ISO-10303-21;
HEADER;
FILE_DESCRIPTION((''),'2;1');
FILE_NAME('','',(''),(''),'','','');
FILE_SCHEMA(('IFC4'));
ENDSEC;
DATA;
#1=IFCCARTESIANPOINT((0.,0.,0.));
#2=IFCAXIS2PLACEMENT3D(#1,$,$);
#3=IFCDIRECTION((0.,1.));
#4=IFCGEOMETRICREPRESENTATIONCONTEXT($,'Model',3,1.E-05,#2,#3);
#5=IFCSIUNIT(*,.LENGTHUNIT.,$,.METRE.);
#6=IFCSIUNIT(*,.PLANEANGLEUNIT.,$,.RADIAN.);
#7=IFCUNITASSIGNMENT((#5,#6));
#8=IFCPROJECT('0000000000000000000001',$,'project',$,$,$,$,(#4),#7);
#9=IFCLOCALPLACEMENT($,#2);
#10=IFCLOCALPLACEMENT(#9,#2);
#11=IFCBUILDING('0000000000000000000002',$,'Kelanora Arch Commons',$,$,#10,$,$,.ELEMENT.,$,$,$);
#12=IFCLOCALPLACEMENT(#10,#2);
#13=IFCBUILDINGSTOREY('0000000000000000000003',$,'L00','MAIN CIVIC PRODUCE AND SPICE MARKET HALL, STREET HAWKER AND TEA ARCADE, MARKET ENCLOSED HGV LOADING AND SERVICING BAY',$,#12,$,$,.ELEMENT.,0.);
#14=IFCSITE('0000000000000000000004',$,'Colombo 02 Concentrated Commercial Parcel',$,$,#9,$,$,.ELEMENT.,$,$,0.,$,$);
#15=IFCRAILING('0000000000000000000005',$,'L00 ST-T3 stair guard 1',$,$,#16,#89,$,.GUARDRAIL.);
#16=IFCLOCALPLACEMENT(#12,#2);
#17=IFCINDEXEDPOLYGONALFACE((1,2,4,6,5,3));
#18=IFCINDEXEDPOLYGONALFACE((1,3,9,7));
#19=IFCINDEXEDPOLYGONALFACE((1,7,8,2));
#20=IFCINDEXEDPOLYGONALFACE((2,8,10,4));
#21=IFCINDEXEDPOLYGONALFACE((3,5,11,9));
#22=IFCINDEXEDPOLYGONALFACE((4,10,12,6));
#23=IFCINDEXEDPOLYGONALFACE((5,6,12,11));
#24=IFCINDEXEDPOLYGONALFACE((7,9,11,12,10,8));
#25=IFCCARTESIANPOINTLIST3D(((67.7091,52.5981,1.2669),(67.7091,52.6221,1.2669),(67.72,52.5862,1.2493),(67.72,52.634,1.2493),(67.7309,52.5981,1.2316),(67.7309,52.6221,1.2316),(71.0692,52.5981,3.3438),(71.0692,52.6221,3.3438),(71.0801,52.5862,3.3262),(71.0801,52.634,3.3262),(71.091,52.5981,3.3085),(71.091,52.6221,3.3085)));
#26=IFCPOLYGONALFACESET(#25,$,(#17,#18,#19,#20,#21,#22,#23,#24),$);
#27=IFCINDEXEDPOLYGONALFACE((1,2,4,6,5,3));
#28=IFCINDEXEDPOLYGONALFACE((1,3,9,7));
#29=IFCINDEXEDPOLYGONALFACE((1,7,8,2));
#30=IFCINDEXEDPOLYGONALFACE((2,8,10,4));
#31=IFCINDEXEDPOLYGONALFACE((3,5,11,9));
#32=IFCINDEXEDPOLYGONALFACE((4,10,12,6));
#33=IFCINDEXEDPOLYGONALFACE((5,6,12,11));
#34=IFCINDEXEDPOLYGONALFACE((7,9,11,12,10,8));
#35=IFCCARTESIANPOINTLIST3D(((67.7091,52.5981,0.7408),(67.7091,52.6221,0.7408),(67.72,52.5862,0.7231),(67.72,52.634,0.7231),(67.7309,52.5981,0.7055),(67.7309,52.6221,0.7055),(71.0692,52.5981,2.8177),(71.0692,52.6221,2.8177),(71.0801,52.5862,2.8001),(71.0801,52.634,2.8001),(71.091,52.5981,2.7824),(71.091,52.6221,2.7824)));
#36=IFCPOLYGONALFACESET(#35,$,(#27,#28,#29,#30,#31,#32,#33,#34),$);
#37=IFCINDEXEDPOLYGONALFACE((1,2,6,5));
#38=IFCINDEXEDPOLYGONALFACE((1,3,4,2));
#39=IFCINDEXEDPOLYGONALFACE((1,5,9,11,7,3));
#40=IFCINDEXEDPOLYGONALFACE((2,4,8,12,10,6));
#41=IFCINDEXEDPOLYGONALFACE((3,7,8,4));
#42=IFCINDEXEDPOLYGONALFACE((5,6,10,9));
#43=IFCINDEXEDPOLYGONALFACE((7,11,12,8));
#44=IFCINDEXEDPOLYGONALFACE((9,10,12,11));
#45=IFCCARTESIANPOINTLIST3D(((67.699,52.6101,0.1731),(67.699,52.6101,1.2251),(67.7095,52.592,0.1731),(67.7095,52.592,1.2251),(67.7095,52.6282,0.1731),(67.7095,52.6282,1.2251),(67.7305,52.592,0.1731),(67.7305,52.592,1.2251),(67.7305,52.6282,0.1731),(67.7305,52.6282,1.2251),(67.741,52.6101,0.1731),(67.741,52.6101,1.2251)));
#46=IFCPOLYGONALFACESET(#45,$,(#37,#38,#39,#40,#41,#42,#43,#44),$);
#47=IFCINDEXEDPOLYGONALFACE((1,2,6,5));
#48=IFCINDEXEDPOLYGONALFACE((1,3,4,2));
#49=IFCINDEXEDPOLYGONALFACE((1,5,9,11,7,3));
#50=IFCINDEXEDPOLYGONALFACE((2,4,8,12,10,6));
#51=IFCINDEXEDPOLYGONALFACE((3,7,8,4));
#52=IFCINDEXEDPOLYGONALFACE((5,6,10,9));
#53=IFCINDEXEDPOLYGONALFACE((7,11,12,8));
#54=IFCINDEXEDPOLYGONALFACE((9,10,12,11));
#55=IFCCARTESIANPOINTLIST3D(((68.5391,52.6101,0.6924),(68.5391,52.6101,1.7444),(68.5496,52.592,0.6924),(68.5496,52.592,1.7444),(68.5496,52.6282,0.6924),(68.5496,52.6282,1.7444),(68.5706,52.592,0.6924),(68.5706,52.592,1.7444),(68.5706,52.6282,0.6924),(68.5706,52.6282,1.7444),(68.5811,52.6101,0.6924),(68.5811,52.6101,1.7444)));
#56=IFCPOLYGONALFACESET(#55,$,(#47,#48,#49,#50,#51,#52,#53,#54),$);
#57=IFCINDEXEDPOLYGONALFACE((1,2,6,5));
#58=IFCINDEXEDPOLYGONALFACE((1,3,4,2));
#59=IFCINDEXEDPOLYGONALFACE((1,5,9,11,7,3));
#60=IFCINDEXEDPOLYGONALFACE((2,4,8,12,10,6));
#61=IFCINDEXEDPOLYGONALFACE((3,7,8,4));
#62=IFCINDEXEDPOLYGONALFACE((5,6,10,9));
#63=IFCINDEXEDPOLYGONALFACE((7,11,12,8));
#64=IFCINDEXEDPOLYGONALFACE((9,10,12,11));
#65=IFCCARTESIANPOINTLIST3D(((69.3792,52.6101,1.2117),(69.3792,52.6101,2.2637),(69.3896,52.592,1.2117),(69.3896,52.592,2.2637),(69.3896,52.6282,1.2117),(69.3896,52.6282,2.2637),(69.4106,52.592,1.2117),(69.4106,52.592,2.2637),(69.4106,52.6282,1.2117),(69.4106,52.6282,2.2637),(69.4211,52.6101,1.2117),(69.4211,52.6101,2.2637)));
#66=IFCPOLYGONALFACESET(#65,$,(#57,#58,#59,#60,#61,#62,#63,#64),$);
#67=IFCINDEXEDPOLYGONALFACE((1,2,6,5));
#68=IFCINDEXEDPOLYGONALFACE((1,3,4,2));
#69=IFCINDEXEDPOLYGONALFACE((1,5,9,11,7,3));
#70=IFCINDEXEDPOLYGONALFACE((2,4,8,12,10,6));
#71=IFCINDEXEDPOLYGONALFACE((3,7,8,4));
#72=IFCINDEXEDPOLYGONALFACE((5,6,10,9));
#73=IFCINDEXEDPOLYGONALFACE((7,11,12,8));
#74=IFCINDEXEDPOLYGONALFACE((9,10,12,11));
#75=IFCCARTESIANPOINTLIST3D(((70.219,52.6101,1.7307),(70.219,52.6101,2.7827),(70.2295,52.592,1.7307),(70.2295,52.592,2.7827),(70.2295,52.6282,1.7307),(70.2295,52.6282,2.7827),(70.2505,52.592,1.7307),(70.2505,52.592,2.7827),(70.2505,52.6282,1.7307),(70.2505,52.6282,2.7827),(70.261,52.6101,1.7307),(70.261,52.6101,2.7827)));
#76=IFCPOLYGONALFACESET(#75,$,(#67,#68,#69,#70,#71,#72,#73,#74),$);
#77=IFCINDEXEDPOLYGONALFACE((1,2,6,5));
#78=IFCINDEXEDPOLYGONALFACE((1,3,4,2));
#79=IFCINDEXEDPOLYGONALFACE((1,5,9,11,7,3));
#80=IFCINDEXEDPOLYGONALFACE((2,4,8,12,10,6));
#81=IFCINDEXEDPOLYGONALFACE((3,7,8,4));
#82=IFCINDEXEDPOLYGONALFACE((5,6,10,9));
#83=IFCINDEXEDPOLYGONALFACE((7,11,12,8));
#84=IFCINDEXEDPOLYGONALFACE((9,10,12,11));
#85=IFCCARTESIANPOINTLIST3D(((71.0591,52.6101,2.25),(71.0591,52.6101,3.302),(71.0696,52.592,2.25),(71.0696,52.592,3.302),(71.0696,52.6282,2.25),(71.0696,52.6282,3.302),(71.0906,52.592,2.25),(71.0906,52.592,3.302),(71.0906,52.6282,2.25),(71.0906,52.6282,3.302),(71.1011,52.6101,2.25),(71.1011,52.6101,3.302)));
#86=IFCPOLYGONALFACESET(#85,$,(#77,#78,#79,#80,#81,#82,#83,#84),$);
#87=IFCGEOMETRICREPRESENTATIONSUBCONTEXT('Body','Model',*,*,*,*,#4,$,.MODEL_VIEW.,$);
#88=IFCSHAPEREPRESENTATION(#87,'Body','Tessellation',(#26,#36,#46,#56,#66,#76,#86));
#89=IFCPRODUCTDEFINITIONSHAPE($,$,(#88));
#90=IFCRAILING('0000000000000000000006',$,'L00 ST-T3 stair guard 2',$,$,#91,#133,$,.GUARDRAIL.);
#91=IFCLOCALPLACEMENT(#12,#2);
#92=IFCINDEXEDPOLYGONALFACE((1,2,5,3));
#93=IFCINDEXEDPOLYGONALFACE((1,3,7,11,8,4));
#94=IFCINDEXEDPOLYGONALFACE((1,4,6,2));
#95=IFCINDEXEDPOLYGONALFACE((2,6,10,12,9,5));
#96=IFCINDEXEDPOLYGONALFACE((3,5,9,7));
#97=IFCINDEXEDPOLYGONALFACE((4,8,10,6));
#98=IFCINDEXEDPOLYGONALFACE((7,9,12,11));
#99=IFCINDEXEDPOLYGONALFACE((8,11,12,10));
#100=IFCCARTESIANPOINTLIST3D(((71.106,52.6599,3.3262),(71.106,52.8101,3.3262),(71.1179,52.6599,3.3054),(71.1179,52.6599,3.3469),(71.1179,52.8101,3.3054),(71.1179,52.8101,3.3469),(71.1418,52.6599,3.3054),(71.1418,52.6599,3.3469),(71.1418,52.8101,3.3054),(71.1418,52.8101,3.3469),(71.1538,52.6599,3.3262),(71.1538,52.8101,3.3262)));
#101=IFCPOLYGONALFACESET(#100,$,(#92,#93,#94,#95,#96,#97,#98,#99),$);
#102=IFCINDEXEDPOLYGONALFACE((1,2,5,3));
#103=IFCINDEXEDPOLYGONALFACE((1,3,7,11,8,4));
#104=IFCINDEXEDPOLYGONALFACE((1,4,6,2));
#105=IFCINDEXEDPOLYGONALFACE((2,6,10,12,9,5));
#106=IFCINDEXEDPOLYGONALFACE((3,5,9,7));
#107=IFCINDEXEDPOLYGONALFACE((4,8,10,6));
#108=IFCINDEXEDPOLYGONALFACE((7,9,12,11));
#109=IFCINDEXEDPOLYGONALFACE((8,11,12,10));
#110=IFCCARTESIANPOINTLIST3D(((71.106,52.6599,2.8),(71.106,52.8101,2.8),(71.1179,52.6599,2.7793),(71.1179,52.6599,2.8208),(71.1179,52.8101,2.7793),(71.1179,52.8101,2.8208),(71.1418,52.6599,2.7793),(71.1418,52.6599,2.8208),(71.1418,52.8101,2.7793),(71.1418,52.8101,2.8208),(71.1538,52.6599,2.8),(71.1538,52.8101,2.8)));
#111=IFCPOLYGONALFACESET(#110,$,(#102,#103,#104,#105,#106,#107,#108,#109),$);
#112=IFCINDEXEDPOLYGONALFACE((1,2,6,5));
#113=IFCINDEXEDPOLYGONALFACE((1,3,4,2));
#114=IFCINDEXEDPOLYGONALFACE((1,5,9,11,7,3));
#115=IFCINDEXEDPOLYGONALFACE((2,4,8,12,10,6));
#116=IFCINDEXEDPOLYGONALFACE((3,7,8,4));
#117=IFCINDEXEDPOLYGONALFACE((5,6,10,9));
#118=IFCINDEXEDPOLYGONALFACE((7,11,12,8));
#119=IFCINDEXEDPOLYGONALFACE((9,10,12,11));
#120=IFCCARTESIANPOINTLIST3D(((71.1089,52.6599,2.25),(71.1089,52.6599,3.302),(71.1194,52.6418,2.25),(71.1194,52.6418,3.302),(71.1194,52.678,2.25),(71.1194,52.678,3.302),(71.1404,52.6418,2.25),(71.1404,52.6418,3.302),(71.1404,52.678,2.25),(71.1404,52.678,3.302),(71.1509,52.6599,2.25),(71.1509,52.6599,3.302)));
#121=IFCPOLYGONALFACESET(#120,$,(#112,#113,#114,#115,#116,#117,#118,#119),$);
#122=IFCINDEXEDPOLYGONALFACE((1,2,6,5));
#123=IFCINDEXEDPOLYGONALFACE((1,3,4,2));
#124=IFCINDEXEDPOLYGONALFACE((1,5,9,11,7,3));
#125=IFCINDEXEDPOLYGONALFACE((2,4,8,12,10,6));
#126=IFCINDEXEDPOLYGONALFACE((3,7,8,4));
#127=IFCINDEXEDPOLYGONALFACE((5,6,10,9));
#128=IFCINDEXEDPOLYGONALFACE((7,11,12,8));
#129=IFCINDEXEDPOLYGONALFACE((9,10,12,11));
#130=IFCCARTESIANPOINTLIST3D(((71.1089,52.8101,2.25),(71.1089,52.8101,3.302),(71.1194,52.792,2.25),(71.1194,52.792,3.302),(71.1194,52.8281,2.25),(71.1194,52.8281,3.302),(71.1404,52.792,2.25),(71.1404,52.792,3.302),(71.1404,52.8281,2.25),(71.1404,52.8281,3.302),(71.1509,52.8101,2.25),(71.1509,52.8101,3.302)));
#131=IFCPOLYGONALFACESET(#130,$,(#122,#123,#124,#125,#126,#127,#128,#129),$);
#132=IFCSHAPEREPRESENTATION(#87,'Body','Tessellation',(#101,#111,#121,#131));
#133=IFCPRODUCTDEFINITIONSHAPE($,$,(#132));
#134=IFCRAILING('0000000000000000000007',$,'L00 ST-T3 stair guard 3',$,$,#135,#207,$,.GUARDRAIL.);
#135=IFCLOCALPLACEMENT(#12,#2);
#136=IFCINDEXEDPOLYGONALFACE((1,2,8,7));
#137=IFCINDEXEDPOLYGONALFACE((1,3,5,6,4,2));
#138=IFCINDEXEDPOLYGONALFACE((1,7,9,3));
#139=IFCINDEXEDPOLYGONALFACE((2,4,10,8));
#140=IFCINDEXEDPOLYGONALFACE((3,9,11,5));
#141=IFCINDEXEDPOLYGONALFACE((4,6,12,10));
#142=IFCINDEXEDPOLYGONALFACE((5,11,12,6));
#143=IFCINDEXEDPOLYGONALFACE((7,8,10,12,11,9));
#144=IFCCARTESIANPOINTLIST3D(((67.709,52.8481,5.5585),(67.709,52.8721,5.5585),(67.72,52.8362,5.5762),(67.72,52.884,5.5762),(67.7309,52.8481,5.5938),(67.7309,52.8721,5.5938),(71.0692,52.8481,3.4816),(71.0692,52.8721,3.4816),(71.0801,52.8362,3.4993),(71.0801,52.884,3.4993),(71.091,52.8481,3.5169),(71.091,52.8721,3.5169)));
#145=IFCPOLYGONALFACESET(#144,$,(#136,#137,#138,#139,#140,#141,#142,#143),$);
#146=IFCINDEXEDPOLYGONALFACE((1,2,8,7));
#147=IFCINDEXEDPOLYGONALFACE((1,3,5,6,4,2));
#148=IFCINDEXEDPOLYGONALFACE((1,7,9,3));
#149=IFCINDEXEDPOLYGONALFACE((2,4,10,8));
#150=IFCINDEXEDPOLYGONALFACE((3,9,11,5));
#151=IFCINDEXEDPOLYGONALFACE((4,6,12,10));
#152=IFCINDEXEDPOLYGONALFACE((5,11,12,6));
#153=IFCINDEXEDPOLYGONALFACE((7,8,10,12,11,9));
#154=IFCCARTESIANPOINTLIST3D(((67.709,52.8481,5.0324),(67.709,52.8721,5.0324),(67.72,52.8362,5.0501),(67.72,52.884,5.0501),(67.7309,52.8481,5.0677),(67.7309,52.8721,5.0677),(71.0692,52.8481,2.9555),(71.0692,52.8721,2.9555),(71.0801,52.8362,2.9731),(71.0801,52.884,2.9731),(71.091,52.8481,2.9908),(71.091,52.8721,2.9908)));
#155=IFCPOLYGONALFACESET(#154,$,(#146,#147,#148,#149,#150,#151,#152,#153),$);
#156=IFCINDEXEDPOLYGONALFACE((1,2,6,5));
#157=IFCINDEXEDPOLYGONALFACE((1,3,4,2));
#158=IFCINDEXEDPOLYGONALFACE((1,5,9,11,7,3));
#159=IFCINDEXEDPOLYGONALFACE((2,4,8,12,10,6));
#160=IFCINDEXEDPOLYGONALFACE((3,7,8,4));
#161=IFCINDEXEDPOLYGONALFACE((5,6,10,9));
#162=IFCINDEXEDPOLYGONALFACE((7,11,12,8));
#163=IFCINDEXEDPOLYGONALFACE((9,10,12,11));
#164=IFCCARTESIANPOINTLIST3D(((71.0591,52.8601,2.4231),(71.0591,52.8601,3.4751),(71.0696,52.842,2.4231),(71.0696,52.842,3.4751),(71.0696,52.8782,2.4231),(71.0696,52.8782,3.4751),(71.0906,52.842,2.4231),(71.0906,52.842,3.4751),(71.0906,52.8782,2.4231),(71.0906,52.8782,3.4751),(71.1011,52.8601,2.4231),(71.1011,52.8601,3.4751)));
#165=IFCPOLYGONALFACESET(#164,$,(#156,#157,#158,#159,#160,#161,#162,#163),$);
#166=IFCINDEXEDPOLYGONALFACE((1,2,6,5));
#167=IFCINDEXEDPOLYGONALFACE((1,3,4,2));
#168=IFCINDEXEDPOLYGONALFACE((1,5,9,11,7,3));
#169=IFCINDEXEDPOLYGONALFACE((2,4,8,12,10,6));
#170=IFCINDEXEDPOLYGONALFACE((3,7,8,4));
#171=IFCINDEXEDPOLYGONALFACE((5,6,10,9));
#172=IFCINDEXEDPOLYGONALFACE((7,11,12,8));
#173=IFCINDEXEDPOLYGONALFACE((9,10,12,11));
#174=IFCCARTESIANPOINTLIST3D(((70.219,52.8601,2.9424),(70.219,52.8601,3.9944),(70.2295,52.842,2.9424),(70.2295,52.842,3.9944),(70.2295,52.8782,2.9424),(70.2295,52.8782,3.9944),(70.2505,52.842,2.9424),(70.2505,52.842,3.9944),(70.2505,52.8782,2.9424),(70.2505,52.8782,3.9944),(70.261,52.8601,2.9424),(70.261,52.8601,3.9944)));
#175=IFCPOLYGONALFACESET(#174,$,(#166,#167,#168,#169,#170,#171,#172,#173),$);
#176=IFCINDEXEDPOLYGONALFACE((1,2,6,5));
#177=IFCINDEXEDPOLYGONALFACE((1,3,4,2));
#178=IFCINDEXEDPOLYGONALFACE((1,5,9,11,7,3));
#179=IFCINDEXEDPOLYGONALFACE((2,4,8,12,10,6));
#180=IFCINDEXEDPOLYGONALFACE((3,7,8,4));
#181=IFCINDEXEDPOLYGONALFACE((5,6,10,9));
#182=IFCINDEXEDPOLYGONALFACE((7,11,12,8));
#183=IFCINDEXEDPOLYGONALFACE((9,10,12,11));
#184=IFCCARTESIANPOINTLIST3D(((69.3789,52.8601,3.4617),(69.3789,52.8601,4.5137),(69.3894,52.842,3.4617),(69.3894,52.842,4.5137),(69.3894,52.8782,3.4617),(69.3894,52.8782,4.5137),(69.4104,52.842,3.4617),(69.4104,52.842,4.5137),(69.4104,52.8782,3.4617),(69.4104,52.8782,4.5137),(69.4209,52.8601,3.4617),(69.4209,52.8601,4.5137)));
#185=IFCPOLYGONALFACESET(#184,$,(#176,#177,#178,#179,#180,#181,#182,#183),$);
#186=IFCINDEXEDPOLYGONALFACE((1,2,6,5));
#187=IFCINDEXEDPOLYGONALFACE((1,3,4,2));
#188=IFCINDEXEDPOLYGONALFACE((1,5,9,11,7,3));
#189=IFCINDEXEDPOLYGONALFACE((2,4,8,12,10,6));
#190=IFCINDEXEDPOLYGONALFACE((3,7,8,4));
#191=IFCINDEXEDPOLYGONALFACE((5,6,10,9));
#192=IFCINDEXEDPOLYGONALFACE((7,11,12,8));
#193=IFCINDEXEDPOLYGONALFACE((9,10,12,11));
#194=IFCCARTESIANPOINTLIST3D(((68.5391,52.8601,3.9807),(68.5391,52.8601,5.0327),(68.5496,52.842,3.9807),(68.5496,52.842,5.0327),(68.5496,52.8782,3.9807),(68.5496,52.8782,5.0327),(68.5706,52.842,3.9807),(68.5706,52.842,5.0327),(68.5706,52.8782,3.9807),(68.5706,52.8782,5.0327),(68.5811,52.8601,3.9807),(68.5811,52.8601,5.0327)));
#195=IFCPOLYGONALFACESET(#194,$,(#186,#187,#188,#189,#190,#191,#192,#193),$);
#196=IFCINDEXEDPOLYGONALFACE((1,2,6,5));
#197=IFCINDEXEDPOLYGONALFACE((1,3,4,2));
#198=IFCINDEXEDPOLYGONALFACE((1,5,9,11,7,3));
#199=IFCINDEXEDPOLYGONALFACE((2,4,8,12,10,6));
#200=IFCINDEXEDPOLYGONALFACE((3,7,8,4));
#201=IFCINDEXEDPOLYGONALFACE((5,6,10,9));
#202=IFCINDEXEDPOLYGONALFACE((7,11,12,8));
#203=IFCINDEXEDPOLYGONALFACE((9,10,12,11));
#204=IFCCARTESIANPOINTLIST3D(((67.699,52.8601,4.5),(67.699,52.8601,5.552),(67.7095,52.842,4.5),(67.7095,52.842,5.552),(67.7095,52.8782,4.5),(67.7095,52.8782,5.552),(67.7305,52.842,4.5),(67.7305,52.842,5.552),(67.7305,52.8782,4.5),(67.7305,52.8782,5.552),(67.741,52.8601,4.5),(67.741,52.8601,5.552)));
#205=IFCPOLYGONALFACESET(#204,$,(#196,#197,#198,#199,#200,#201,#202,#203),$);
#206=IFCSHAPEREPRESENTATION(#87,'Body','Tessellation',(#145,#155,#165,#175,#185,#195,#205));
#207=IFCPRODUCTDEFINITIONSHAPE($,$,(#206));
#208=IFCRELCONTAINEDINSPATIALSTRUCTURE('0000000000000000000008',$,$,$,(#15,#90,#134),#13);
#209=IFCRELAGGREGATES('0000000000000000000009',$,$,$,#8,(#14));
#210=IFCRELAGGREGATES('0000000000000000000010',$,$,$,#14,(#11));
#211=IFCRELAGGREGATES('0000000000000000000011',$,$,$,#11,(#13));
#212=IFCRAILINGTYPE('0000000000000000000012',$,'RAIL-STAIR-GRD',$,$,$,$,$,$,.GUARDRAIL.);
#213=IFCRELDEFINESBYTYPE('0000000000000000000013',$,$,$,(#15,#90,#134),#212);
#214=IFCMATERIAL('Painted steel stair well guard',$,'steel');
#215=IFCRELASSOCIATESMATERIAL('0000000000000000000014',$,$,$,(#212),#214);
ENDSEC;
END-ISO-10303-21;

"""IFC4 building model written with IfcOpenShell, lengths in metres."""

from ifc_helpers import new_model, si_unit, direction, frame, origin, place, context, subcontext, project, spatial, polyline, outline, extrude, material, type_object, element, save


model = new_model("IFC4")

# Units and contexts
model_context = context("Model", 3, precision=1e-05, world=origin(), true_north=direction((0.0, 1.0)))
body_context = subcontext(model_context, "Body", "Model", "MODEL_VIEW")
ifc_project = project(units=[si_unit("LENGTHUNIT", "METRE"), si_unit("PLANEANGLEUNIT", "RADIAN")], contexts=[model_context])

# Site, building, storey
site_placement = place(None, origin())
site = spatial("IfcSite", under=ifc_project, at=site_placement, Name="Colombo 02 Concentrated Commercial Parcel", CompositionType="ELEMENT", RefElevation=0.0)
building_placement = place(site_placement, origin())
building = spatial("IfcBuilding", under=site, at=building_placement, Name="Kelanora Arch Commons", CompositionType="ELEMENT")
storey_placement = place(building_placement, origin())
storey = spatial("IfcBuildingStorey", under=building, at=storey_placement, Name="L00", Description="MAIN CIVIC PRODUCE AND SPICE MARKET HALL, STREET HAWKER AND TEA ARCADE, MARKET ENCLOSED HGV LOADING AND SERVICING BAY", CompositionType="ELEMENT", Elevation=0.0)

# Railings
ifc_material_1 = material(Name="Painted steel stair well guard", Category="steel")
railing_type_1 = type_object("IfcRailingType", Name="RAIL-STAIR-GRD", PredefinedType="GUARDRAIL", material=ifc_material_1)
railing_1_placement = place(storey_placement, frame((67.72, 52.6101, 0.1731)))
element("IfcRailing", 1, at=railing_1_placement, inside=storey, type_object=railing_type_1, Name="L00 ST-T3 stair guard 1", PredefinedType="GUARDRAIL", context=body_context, shape_type="SweptSolid", body=[
    extrude(outline(polyline([(0.0239, 0.0), (0.012, 0.0208), (-0.012, 0.0208), (-0.0239, 0.0), (-0.012, -0.0208), (0.012, -0.0208), (0.0239, 0.0)])), frame((0.0, 0.0, 1.0762), z_axis=(0.850623, 0.0, 0.525776), x_axis=(0.0, 1.0, 0.0)), (0.0, 0.0, 1.0), 3.9502),
    extrude(outline(polyline([(0.0239, 0.0), (0.012, 0.0208), (-0.012, 0.0208), (-0.0239, 0.0), (-0.012, -0.0208), (0.012, -0.0208), (0.0239, 0.0)])), frame((0.0, 0.0, 0.55), z_axis=(0.850623, 0.0, 0.525776), x_axis=(0.0, 1.0, 0.0)), (0.0, 0.0, 1.0), 3.9502),
    extrude(outline(polyline([(0.021, 0.0), (0.0105, 0.0181), (-0.0105, 0.0181), (-0.021, 0.0), (-0.0105, -0.0181), (0.0105, -0.0181), (0.021, 0.0)])), origin(), (0.0, 0.0, 1.0), 1.052),
    extrude(outline(polyline([(0.021, 0.0), (0.0105, 0.0181), (-0.0105, 0.0181), (-0.021, 0.0), (-0.0105, -0.0181), (0.0105, -0.0181), (0.021, 0.0)])), frame((0.8401, 0.0, 0.5193)), (0.0, 0.0, 1.0), 1.052),
    extrude(outline(polyline([(0.021, 0.0), (0.0105, 0.0181), (-0.0105, 0.0181), (-0.021, 0.0), (-0.0105, -0.0181), (0.0105, -0.0181), (0.021, 0.0)])), frame((1.6802, 0.0, 1.0386)), (0.0, 0.0, 1.0), 1.052),
    extrude(outline(polyline([(0.021, 0.0), (0.0105, 0.0181), (-0.0105, 0.0181), (-0.021, 0.0), (-0.0105, -0.0181), (0.0105, -0.0181), (0.021, 0.0)])), frame((2.52, 0.0, 1.5576)), (0.0, 0.0, 1.0), 1.052),
    extrude(outline(polyline([(0.021, 0.0), (0.0105, 0.0181), (-0.0105, 0.0181), (-0.021, 0.0), (-0.0105, -0.0181), (0.0105, -0.0181), (0.021, 0.0)])), frame((3.3601, 0.0, 2.0769)), (0.0, 0.0, 1.0), 1.052),
])
railing_2_placement = place(storey_placement, frame((71.1299, 52.6599, 2.25)))
element("IfcRailing", 2, at=railing_2_placement, inside=storey, type_object=railing_type_1, Name="L00 ST-T3 stair guard 2", PredefinedType="GUARDRAIL", context=body_context, shape_type="SweptSolid", body=[
    extrude(outline(polyline([(0.0239, 0.0), (0.012, 0.0208), (-0.012, 0.0208), (-0.0239, 0.0), (-0.012, -0.0208), (0.012, -0.0208), (0.0239, 0.0)])), frame((0.0, 0.0, 1.0762), z_axis=(0.0, 1.0, 0.0), x_axis=(-1.0, 0.0, 0.0)), (0.0, 0.0, 1.0), 0.1501),
    extrude(outline(polyline([(0.0239, 0.0), (0.012, 0.0208), (-0.012, 0.0208), (-0.0239, 0.0), (-0.012, -0.0208), (0.012, -0.0208), (0.0239, 0.0)])), frame((0.0, 0.0, 0.55), z_axis=(0.0, 1.0, 0.0), x_axis=(-1.0, 0.0, 0.0)), (0.0, 0.0, 1.0), 0.1501),
    extrude(outline(polyline([(0.021, 0.0), (0.0105, 0.0181), (-0.0105, 0.0181), (-0.021, 0.0), (-0.0105, -0.0181), (0.0105, -0.0181), (0.021, 0.0)])), origin(), (0.0, 0.0, 1.0), 1.052),
    extrude(outline(polyline([(0.021, 0.0), (0.0105, 0.0181), (-0.0105, 0.0181), (-0.021, 0.0), (-0.0105, -0.0181), (0.0105, -0.0181), (0.021, 0.0)])), frame((0.0, 0.1501, 0.0)), (0.0, 0.0, 1.0), 1.052),
])
railing_3_placement = place(storey_placement, frame((71.0801, 52.8601, 2.4231)))
element("IfcRailing", 3, at=railing_3_placement, inside=storey, type_object=railing_type_1, Name="L00 ST-T3 stair guard 3", PredefinedType="GUARDRAIL", context=body_context, shape_type="SweptSolid", body=[
    extrude(outline(polyline([(0.0239, 0.0), (0.012, 0.0208), (-0.012, 0.0208), (-0.0239, 0.0), (-0.012, -0.0208), (0.012, -0.0208), (0.0239, 0.0)])), frame((0.0, 0.0, 1.0762), z_axis=(-0.850623, 0.0, 0.525776), x_axis=(0.0, -1.0, 0.0)), (0.0, 0.0, 1.0), 3.9502),
    extrude(outline(polyline([(0.0239, 0.0), (0.012, 0.0208), (-0.012, 0.0208), (-0.0239, 0.0), (-0.012, -0.0208), (0.012, -0.0208), (0.0239, 0.0)])), frame((0.0, 0.0, 0.55), z_axis=(-0.850623, 0.0, 0.525776), x_axis=(0.0, -1.0, 0.0)), (0.0, 0.0, 1.0), 3.9502),
    extrude(outline(polyline([(0.021, 0.0), (0.0105, 0.0181), (-0.0105, 0.0181), (-0.021, 0.0), (-0.0105, -0.0181), (0.0105, -0.0181), (0.021, 0.0)])), origin(), (0.0, 0.0, 1.0), 1.052),
    extrude(outline(polyline([(0.021, 0.0), (0.0105, 0.0181), (-0.0105, 0.0181), (-0.021, 0.0), (-0.0105, -0.0181), (0.0105, -0.0181), (0.021, 0.0)])), frame((-0.8401, 0.0, 0.5193)), (0.0, 0.0, 1.0), 1.052),
    extrude(outline(polyline([(0.021, 0.0), (0.0105, 0.0181), (-0.0105, 0.0181), (-0.021, 0.0), (-0.0105, -0.0181), (0.0105, -0.0181), (0.021, 0.0)])), frame((-1.6802, 0.0, 1.0386)), (0.0, 0.0, 1.0), 1.052),
    extrude(outline(polyline([(0.021, 0.0), (0.0105, 0.0181), (-0.0105, 0.0181), (-0.021, 0.0), (-0.0105, -0.0181), (0.0105, -0.0181), (0.021, 0.0)])), frame((-2.52, 0.0, 1.5576)), (0.0, 0.0, 1.0), 1.052),
    extrude(outline(polyline([(0.021, 0.0), (0.0105, 0.0181), (-0.0105, 0.0181), (-0.021, 0.0), (-0.0105, -0.0181), (0.0105, -0.0181), (0.021, 0.0)])), frame((-3.3601, 0.0, 2.0769)), (0.0, 0.0, 1.0), 1.052),
])

save(model, "model.ifc")
